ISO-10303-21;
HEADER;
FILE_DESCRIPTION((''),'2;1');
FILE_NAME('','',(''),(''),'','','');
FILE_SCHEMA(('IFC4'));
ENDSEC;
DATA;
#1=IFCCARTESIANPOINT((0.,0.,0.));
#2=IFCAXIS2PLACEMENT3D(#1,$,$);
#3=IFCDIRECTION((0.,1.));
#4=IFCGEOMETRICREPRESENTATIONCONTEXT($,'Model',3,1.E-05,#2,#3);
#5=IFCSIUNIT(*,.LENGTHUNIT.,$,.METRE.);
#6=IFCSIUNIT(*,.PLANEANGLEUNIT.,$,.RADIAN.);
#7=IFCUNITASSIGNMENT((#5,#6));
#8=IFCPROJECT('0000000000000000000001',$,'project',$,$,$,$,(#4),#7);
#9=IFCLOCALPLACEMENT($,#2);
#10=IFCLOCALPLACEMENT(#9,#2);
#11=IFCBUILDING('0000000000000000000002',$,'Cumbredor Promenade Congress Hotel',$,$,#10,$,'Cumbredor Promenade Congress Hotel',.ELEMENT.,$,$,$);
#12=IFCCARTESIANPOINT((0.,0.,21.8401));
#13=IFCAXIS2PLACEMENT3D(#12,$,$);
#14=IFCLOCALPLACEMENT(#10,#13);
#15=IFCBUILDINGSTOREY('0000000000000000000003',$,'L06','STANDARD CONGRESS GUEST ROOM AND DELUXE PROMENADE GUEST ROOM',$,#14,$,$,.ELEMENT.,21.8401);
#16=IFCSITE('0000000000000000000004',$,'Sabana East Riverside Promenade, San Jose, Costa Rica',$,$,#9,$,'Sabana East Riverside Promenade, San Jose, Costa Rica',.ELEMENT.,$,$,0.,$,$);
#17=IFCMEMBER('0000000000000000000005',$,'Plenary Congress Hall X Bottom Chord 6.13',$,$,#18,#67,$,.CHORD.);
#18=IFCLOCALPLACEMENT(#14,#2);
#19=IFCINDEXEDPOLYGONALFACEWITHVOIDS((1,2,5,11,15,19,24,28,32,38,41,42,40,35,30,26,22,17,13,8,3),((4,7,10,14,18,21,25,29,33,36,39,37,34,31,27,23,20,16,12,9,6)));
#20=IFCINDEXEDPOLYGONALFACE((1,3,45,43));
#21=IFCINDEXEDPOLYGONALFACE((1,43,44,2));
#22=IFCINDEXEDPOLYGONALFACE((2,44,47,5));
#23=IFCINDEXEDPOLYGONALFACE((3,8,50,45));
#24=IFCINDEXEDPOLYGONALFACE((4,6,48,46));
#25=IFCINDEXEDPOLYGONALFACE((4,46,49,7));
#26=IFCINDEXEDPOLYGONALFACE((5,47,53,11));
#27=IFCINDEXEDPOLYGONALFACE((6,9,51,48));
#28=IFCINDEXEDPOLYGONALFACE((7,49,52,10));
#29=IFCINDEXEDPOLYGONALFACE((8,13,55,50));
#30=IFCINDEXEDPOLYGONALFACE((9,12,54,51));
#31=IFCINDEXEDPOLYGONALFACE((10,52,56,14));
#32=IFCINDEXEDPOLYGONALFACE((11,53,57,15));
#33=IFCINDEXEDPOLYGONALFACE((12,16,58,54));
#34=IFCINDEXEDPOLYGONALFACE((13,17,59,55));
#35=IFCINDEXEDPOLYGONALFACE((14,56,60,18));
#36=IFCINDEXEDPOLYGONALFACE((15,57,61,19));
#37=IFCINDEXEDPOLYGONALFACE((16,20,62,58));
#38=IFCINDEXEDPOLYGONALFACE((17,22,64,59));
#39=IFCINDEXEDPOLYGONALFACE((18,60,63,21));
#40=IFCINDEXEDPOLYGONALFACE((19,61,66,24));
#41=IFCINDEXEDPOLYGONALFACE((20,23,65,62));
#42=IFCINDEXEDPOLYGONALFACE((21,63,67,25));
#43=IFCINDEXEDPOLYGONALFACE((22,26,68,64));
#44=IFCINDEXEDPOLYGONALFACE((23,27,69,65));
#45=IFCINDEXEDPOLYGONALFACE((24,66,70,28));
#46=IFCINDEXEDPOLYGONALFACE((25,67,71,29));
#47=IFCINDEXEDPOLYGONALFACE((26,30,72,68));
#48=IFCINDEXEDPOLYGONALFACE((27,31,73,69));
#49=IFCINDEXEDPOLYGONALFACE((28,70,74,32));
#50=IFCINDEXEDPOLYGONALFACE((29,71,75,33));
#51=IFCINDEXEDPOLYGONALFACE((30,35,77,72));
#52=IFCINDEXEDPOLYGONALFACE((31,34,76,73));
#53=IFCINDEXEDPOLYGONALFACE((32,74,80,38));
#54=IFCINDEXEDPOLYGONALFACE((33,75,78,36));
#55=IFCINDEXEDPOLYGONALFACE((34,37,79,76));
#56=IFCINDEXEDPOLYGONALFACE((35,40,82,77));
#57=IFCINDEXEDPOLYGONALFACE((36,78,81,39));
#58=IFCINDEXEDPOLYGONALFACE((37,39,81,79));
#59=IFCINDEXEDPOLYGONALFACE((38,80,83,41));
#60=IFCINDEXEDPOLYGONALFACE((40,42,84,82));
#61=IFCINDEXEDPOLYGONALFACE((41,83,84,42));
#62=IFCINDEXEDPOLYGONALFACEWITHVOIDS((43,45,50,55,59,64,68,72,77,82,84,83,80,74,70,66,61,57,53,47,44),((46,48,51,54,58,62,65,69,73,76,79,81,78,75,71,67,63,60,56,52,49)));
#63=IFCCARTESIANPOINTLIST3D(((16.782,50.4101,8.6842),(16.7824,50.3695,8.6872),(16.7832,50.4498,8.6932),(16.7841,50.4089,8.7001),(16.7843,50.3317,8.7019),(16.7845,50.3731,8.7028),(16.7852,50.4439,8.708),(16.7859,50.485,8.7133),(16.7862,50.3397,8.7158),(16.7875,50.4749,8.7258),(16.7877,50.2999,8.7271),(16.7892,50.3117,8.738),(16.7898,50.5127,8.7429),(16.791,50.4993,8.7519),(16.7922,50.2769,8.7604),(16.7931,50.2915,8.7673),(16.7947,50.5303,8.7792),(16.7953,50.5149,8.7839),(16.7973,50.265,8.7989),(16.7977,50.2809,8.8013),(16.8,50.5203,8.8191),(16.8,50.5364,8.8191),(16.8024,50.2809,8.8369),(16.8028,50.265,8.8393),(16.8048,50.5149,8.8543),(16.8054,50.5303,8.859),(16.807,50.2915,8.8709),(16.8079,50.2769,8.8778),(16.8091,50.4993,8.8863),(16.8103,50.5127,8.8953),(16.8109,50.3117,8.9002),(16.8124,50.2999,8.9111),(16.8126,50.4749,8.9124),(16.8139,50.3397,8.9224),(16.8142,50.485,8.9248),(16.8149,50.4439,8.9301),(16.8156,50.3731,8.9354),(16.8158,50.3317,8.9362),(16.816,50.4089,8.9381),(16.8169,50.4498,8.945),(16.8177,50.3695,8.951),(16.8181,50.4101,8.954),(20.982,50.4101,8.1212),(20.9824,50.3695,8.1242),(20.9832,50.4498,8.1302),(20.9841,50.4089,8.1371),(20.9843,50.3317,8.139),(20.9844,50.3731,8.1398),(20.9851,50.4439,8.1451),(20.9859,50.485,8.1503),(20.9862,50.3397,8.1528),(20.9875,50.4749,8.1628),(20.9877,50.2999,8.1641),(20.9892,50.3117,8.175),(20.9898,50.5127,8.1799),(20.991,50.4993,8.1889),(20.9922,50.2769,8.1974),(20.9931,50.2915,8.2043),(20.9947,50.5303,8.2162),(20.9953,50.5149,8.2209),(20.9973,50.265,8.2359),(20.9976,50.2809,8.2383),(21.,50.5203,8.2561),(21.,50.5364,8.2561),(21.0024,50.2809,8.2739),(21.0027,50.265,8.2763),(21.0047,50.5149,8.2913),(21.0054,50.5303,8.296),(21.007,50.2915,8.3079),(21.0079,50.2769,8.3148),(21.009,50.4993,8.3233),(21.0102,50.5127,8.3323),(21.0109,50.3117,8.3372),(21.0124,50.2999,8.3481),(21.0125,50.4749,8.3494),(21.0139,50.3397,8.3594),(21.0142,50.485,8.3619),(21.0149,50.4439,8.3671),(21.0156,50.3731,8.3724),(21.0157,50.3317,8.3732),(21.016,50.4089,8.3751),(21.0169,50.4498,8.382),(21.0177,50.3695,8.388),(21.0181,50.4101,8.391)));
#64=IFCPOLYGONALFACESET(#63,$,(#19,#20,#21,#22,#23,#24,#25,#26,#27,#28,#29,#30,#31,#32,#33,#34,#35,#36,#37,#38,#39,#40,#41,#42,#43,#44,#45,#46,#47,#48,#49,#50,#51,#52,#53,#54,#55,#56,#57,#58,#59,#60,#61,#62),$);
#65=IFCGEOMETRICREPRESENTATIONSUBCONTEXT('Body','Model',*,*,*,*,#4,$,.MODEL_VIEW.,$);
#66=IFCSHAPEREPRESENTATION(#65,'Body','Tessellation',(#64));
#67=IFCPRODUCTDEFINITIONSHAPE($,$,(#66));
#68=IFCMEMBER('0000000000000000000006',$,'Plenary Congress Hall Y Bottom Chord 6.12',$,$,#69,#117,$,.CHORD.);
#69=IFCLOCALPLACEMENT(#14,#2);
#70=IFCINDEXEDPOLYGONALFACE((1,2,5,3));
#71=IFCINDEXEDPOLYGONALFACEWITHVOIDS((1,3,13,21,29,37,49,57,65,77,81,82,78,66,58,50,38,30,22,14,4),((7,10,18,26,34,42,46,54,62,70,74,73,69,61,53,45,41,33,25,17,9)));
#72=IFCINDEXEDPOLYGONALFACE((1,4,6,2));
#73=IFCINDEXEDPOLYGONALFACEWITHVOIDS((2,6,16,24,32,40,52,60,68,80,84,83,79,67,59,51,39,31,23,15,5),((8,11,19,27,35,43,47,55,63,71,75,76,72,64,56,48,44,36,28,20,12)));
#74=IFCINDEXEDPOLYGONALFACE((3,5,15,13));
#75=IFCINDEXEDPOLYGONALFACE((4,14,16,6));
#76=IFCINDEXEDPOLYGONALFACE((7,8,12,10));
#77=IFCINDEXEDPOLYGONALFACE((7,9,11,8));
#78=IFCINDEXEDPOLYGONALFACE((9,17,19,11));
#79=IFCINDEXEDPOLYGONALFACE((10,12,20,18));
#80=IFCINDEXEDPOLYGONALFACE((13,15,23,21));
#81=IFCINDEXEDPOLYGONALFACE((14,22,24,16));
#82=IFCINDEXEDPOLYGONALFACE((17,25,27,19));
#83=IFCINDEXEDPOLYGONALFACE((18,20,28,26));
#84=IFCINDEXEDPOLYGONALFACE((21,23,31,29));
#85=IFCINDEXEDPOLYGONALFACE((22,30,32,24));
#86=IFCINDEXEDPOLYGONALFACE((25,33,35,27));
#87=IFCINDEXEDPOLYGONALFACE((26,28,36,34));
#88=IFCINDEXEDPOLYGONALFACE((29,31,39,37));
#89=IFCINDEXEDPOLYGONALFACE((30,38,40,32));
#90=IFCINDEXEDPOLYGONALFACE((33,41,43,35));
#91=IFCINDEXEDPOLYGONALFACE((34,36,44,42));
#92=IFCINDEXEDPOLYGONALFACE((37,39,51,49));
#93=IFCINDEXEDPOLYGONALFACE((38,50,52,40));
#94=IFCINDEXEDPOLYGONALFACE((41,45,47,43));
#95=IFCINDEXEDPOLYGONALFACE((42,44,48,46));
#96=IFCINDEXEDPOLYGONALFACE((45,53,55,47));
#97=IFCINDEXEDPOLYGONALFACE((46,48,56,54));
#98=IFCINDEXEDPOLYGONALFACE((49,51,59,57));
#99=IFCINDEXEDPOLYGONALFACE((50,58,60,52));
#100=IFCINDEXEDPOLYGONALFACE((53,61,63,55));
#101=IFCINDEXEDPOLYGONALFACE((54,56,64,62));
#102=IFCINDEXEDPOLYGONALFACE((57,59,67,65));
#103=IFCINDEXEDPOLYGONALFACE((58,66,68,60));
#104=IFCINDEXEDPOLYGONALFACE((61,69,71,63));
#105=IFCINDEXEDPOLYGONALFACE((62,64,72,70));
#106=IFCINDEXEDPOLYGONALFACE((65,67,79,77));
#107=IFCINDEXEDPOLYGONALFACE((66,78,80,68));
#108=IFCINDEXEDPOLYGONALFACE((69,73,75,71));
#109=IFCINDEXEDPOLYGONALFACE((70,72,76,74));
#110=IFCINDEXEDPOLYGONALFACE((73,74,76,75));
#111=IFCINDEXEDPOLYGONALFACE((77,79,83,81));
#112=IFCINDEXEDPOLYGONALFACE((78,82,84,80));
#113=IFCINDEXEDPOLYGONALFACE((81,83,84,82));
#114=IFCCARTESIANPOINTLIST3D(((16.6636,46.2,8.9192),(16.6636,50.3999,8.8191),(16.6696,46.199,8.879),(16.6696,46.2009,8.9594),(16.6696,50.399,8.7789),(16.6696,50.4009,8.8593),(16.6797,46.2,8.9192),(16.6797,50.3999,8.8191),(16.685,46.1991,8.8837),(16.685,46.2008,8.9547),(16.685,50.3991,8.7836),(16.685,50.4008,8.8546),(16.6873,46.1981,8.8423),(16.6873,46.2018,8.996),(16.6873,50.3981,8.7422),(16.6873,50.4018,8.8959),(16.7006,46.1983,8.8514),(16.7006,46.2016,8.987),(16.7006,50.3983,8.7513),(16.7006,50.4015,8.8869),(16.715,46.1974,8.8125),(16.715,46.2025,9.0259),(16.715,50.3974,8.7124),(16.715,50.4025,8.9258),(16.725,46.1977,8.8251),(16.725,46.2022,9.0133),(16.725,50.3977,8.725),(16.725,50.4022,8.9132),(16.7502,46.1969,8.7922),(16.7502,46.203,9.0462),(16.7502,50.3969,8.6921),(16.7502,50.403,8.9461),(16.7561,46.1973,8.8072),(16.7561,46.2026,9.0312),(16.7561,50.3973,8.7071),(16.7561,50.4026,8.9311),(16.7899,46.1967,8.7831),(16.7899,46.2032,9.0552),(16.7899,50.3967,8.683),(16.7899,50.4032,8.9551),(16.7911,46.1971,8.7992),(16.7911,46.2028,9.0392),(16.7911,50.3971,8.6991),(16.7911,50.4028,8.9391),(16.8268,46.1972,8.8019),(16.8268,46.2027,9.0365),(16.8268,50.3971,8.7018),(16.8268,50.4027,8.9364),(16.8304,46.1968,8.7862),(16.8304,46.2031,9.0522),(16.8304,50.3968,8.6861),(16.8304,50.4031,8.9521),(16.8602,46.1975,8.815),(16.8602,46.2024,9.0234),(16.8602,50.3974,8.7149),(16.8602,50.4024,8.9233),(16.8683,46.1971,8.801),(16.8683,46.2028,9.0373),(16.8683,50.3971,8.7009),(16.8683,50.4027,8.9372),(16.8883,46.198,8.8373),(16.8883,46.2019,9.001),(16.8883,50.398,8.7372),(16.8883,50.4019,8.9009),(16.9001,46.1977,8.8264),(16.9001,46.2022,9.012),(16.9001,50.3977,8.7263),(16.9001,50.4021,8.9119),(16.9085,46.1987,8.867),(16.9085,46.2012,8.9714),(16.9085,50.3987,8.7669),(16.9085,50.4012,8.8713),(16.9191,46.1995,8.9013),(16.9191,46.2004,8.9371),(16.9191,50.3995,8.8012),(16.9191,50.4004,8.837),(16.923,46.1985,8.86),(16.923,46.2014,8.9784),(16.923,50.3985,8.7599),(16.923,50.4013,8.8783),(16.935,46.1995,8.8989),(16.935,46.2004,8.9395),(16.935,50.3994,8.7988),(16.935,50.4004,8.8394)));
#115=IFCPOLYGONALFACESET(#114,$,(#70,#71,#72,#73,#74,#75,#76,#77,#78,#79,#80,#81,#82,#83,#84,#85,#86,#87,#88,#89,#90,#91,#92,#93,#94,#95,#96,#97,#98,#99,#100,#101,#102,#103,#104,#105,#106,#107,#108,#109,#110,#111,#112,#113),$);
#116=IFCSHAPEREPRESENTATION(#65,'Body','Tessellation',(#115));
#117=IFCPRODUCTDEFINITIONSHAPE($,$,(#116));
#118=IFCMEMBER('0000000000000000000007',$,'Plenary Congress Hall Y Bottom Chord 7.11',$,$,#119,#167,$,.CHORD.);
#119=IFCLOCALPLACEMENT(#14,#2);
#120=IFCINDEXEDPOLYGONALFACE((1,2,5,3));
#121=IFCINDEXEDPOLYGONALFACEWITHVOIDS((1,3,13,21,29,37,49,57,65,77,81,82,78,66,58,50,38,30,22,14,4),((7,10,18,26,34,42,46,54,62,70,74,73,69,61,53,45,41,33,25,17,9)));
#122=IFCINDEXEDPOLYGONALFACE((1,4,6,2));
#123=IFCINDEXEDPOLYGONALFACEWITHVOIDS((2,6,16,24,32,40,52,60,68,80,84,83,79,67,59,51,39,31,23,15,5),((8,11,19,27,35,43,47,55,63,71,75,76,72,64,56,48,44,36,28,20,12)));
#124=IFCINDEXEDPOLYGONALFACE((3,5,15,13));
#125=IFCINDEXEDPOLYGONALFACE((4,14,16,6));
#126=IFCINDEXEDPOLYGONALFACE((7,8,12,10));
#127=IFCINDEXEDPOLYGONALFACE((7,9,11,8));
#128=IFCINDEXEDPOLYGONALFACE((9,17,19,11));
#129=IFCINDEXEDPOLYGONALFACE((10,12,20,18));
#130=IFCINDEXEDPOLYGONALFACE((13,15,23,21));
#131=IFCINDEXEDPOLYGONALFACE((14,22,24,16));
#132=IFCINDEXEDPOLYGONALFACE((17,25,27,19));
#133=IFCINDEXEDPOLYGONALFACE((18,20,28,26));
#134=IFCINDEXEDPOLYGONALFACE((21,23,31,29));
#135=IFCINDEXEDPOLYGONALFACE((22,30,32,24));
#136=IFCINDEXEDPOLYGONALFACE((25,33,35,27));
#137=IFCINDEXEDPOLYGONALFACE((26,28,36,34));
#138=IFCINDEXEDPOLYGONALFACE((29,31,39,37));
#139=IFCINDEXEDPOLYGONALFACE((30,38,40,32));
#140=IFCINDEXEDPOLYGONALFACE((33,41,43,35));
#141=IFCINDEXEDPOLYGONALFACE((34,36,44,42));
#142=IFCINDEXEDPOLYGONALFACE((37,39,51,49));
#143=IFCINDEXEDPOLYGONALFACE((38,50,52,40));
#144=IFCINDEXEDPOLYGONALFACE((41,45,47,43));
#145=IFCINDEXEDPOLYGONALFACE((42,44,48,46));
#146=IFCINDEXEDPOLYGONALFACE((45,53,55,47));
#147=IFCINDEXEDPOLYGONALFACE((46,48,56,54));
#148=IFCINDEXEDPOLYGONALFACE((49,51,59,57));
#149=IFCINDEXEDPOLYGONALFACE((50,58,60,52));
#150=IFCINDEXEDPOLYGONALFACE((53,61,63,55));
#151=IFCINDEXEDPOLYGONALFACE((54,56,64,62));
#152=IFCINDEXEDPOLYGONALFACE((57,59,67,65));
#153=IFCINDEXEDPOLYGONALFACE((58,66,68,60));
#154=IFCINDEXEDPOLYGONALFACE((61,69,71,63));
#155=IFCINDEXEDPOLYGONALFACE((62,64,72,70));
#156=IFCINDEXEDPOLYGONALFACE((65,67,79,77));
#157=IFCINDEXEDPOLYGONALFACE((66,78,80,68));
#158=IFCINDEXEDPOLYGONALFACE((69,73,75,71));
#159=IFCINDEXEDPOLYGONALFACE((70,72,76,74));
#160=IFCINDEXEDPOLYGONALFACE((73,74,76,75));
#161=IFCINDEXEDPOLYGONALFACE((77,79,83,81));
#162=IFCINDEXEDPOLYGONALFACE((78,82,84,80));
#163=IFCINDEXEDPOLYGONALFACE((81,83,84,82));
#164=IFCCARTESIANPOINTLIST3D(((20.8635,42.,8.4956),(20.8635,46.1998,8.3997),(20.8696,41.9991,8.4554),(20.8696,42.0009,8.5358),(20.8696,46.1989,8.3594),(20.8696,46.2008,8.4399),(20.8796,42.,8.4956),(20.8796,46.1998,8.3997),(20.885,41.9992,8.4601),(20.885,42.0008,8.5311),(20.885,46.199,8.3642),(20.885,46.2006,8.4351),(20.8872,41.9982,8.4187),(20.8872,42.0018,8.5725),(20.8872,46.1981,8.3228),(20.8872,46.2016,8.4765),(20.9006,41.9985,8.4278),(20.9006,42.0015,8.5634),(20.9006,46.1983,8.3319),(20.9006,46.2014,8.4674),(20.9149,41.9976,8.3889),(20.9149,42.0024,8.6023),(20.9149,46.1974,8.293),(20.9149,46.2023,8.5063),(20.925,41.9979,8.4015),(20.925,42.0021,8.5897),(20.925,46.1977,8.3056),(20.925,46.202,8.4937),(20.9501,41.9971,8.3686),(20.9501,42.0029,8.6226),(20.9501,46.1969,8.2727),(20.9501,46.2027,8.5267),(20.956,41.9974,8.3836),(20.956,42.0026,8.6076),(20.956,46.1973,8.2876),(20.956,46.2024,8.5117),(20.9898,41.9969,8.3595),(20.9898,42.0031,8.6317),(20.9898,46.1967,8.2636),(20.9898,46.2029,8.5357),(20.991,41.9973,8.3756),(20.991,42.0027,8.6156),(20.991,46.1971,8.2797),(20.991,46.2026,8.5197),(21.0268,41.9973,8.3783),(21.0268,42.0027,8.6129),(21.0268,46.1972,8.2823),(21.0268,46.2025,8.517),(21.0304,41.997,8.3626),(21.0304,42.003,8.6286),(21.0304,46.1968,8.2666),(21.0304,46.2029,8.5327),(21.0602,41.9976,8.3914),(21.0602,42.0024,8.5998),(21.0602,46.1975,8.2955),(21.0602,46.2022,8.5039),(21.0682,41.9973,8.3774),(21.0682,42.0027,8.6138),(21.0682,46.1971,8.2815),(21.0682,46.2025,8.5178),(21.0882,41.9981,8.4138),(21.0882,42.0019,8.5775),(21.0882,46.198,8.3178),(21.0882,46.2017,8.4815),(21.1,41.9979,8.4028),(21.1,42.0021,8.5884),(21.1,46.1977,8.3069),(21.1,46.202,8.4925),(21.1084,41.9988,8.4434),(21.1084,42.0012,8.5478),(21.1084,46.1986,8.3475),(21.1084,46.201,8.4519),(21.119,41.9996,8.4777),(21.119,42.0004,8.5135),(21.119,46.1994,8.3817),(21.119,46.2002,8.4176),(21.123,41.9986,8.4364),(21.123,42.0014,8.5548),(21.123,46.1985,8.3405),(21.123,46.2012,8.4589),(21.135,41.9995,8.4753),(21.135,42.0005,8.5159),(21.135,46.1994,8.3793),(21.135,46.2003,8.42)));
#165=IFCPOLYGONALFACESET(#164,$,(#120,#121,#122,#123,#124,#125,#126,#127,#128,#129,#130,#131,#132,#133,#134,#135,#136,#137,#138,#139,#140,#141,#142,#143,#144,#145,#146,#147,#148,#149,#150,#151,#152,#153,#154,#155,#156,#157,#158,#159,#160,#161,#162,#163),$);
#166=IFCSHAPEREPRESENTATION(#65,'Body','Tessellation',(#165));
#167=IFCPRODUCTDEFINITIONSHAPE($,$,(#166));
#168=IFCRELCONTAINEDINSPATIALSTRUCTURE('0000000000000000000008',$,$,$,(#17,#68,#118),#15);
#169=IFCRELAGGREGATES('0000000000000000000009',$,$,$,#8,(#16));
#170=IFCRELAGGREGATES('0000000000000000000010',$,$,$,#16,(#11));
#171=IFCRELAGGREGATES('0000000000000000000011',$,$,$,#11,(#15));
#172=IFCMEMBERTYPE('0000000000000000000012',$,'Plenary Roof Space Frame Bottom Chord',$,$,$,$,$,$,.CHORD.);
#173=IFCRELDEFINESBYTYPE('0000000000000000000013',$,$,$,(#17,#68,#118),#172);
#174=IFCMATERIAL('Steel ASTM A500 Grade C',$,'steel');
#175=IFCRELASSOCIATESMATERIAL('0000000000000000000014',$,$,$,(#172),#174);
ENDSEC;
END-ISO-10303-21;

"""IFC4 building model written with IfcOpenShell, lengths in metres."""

from ifc_helpers import new_model, si_unit, direction, frame, origin, origin_2d, place, context, subcontext, project, spatial, hollow_circle, extrude, material, material_profile, profile_set, type_object, element, save


model = new_model("IFC4")

# Units and contexts
model_context = context("Model", 3, precision=1e-05, world=origin(), true_north=direction((0.0, 1.0)))
body_context = subcontext(model_context, "Body", "Model", "MODEL_VIEW")
ifc_project = project(units=[si_unit("LENGTHUNIT", "METRE"), si_unit("PLANEANGLEUNIT", "RADIAN")], contexts=[model_context])

# Site, building, storey
site_placement = place(None, origin())
site = spatial("IfcSite", under=ifc_project, at=site_placement, Name="Sabana East Riverside Promenade, San Jose, Costa Rica", LongName="Sabana East Riverside Promenade, San Jose, Costa Rica", CompositionType="ELEMENT", RefElevation=0.0)
building_placement = place(site_placement, origin())
building = spatial("IfcBuilding", under=site, at=building_placement, Name="Cumbredor Promenade Congress Hotel", LongName="Cumbredor Promenade Congress Hotel", CompositionType="ELEMENT")
storey_placement = place(building_placement, frame((0.0, 0.0, 21.8401)))
storey = spatial("IfcBuildingStorey", under=building, at=storey_placement, Name="L06", Description="STANDARD CONGRESS GUEST ROOM AND DELUXE PROMENADE GUEST ROOM", CompositionType="ELEMENT", Elevation=21.8401)

# Members
ifc_material_1 = material(Name="Steel ASTM A500 Grade C", Category="steel")
ifc_material_profile_1 = material_profile(ifc_material_1, hollow_circle(Radius=0.1365, WallThickness=0.0161, at=origin_2d()), Name="CHS 273.0x16")
ifc_profile_set_1 = profile_set([ifc_material_profile_1], Name="Steel ASTM A500 Grade C")
member_type_1 = type_object("IfcMemberType", Name="Plenary Roof Space Frame Bottom Chord", PredefinedType="CHORD", material=ifc_profile_set_1)
member_1_placement = place(storey_placement, frame((16.8, 50.3999, 8.8191), z_axis=(0.991135, 0.0, -0.132858), x_axis=(0.0, 1.0, 0.0)))
element("IfcMember", 1, at=member_1_placement, inside=storey, type_object=member_type_1, Name="Plenary Congress Hall X Bottom Chord 6.13", PredefinedType="CHORD", context=body_context, shape_type="SweptSolid", body=[
    extrude(hollow_circle(Radius=0.1365, WallThickness=0.0161, at=origin_2d()), origin(), (0.0, 0.0, 1.0), 4.2375),
])
member_2_placement = place(storey_placement, frame((16.8, 46.2, 8.9192), z_axis=(0.0, 0.999716, -0.023826), x_axis=(-1.0, 0.0, 0.0)))
element("IfcMember", 2, at=member_2_placement, inside=storey, type_object=member_type_1, Name="Plenary Congress Hall Y Bottom Chord 6.12", PredefinedType="CHORD", context=body_context, shape_type="SweptSolid", body=[
    extrude(hollow_circle(Radius=0.1365, WallThickness=0.0161, at=origin_2d()), origin(), (0.0, 0.0, 1.0), 4.2012),
])
member_3_placement = place(storey_placement, frame((21.0, 42.0, 8.4956), z_axis=(0.0, 0.999739, -0.022839), x_axis=(-1.0, 0.0, 0.0)))
element("IfcMember", 3, at=member_3_placement, inside=storey, type_object=member_type_1, Name="Plenary Congress Hall Y Bottom Chord 7.11", PredefinedType="CHORD", context=body_context, shape_type="SweptSolid", body=[
    extrude(hollow_circle(Radius=0.1365, WallThickness=0.0161, at=origin_2d()), origin(), (0.0, 0.0, 1.0), 4.2009),
])

save(model, "model.ifc")
